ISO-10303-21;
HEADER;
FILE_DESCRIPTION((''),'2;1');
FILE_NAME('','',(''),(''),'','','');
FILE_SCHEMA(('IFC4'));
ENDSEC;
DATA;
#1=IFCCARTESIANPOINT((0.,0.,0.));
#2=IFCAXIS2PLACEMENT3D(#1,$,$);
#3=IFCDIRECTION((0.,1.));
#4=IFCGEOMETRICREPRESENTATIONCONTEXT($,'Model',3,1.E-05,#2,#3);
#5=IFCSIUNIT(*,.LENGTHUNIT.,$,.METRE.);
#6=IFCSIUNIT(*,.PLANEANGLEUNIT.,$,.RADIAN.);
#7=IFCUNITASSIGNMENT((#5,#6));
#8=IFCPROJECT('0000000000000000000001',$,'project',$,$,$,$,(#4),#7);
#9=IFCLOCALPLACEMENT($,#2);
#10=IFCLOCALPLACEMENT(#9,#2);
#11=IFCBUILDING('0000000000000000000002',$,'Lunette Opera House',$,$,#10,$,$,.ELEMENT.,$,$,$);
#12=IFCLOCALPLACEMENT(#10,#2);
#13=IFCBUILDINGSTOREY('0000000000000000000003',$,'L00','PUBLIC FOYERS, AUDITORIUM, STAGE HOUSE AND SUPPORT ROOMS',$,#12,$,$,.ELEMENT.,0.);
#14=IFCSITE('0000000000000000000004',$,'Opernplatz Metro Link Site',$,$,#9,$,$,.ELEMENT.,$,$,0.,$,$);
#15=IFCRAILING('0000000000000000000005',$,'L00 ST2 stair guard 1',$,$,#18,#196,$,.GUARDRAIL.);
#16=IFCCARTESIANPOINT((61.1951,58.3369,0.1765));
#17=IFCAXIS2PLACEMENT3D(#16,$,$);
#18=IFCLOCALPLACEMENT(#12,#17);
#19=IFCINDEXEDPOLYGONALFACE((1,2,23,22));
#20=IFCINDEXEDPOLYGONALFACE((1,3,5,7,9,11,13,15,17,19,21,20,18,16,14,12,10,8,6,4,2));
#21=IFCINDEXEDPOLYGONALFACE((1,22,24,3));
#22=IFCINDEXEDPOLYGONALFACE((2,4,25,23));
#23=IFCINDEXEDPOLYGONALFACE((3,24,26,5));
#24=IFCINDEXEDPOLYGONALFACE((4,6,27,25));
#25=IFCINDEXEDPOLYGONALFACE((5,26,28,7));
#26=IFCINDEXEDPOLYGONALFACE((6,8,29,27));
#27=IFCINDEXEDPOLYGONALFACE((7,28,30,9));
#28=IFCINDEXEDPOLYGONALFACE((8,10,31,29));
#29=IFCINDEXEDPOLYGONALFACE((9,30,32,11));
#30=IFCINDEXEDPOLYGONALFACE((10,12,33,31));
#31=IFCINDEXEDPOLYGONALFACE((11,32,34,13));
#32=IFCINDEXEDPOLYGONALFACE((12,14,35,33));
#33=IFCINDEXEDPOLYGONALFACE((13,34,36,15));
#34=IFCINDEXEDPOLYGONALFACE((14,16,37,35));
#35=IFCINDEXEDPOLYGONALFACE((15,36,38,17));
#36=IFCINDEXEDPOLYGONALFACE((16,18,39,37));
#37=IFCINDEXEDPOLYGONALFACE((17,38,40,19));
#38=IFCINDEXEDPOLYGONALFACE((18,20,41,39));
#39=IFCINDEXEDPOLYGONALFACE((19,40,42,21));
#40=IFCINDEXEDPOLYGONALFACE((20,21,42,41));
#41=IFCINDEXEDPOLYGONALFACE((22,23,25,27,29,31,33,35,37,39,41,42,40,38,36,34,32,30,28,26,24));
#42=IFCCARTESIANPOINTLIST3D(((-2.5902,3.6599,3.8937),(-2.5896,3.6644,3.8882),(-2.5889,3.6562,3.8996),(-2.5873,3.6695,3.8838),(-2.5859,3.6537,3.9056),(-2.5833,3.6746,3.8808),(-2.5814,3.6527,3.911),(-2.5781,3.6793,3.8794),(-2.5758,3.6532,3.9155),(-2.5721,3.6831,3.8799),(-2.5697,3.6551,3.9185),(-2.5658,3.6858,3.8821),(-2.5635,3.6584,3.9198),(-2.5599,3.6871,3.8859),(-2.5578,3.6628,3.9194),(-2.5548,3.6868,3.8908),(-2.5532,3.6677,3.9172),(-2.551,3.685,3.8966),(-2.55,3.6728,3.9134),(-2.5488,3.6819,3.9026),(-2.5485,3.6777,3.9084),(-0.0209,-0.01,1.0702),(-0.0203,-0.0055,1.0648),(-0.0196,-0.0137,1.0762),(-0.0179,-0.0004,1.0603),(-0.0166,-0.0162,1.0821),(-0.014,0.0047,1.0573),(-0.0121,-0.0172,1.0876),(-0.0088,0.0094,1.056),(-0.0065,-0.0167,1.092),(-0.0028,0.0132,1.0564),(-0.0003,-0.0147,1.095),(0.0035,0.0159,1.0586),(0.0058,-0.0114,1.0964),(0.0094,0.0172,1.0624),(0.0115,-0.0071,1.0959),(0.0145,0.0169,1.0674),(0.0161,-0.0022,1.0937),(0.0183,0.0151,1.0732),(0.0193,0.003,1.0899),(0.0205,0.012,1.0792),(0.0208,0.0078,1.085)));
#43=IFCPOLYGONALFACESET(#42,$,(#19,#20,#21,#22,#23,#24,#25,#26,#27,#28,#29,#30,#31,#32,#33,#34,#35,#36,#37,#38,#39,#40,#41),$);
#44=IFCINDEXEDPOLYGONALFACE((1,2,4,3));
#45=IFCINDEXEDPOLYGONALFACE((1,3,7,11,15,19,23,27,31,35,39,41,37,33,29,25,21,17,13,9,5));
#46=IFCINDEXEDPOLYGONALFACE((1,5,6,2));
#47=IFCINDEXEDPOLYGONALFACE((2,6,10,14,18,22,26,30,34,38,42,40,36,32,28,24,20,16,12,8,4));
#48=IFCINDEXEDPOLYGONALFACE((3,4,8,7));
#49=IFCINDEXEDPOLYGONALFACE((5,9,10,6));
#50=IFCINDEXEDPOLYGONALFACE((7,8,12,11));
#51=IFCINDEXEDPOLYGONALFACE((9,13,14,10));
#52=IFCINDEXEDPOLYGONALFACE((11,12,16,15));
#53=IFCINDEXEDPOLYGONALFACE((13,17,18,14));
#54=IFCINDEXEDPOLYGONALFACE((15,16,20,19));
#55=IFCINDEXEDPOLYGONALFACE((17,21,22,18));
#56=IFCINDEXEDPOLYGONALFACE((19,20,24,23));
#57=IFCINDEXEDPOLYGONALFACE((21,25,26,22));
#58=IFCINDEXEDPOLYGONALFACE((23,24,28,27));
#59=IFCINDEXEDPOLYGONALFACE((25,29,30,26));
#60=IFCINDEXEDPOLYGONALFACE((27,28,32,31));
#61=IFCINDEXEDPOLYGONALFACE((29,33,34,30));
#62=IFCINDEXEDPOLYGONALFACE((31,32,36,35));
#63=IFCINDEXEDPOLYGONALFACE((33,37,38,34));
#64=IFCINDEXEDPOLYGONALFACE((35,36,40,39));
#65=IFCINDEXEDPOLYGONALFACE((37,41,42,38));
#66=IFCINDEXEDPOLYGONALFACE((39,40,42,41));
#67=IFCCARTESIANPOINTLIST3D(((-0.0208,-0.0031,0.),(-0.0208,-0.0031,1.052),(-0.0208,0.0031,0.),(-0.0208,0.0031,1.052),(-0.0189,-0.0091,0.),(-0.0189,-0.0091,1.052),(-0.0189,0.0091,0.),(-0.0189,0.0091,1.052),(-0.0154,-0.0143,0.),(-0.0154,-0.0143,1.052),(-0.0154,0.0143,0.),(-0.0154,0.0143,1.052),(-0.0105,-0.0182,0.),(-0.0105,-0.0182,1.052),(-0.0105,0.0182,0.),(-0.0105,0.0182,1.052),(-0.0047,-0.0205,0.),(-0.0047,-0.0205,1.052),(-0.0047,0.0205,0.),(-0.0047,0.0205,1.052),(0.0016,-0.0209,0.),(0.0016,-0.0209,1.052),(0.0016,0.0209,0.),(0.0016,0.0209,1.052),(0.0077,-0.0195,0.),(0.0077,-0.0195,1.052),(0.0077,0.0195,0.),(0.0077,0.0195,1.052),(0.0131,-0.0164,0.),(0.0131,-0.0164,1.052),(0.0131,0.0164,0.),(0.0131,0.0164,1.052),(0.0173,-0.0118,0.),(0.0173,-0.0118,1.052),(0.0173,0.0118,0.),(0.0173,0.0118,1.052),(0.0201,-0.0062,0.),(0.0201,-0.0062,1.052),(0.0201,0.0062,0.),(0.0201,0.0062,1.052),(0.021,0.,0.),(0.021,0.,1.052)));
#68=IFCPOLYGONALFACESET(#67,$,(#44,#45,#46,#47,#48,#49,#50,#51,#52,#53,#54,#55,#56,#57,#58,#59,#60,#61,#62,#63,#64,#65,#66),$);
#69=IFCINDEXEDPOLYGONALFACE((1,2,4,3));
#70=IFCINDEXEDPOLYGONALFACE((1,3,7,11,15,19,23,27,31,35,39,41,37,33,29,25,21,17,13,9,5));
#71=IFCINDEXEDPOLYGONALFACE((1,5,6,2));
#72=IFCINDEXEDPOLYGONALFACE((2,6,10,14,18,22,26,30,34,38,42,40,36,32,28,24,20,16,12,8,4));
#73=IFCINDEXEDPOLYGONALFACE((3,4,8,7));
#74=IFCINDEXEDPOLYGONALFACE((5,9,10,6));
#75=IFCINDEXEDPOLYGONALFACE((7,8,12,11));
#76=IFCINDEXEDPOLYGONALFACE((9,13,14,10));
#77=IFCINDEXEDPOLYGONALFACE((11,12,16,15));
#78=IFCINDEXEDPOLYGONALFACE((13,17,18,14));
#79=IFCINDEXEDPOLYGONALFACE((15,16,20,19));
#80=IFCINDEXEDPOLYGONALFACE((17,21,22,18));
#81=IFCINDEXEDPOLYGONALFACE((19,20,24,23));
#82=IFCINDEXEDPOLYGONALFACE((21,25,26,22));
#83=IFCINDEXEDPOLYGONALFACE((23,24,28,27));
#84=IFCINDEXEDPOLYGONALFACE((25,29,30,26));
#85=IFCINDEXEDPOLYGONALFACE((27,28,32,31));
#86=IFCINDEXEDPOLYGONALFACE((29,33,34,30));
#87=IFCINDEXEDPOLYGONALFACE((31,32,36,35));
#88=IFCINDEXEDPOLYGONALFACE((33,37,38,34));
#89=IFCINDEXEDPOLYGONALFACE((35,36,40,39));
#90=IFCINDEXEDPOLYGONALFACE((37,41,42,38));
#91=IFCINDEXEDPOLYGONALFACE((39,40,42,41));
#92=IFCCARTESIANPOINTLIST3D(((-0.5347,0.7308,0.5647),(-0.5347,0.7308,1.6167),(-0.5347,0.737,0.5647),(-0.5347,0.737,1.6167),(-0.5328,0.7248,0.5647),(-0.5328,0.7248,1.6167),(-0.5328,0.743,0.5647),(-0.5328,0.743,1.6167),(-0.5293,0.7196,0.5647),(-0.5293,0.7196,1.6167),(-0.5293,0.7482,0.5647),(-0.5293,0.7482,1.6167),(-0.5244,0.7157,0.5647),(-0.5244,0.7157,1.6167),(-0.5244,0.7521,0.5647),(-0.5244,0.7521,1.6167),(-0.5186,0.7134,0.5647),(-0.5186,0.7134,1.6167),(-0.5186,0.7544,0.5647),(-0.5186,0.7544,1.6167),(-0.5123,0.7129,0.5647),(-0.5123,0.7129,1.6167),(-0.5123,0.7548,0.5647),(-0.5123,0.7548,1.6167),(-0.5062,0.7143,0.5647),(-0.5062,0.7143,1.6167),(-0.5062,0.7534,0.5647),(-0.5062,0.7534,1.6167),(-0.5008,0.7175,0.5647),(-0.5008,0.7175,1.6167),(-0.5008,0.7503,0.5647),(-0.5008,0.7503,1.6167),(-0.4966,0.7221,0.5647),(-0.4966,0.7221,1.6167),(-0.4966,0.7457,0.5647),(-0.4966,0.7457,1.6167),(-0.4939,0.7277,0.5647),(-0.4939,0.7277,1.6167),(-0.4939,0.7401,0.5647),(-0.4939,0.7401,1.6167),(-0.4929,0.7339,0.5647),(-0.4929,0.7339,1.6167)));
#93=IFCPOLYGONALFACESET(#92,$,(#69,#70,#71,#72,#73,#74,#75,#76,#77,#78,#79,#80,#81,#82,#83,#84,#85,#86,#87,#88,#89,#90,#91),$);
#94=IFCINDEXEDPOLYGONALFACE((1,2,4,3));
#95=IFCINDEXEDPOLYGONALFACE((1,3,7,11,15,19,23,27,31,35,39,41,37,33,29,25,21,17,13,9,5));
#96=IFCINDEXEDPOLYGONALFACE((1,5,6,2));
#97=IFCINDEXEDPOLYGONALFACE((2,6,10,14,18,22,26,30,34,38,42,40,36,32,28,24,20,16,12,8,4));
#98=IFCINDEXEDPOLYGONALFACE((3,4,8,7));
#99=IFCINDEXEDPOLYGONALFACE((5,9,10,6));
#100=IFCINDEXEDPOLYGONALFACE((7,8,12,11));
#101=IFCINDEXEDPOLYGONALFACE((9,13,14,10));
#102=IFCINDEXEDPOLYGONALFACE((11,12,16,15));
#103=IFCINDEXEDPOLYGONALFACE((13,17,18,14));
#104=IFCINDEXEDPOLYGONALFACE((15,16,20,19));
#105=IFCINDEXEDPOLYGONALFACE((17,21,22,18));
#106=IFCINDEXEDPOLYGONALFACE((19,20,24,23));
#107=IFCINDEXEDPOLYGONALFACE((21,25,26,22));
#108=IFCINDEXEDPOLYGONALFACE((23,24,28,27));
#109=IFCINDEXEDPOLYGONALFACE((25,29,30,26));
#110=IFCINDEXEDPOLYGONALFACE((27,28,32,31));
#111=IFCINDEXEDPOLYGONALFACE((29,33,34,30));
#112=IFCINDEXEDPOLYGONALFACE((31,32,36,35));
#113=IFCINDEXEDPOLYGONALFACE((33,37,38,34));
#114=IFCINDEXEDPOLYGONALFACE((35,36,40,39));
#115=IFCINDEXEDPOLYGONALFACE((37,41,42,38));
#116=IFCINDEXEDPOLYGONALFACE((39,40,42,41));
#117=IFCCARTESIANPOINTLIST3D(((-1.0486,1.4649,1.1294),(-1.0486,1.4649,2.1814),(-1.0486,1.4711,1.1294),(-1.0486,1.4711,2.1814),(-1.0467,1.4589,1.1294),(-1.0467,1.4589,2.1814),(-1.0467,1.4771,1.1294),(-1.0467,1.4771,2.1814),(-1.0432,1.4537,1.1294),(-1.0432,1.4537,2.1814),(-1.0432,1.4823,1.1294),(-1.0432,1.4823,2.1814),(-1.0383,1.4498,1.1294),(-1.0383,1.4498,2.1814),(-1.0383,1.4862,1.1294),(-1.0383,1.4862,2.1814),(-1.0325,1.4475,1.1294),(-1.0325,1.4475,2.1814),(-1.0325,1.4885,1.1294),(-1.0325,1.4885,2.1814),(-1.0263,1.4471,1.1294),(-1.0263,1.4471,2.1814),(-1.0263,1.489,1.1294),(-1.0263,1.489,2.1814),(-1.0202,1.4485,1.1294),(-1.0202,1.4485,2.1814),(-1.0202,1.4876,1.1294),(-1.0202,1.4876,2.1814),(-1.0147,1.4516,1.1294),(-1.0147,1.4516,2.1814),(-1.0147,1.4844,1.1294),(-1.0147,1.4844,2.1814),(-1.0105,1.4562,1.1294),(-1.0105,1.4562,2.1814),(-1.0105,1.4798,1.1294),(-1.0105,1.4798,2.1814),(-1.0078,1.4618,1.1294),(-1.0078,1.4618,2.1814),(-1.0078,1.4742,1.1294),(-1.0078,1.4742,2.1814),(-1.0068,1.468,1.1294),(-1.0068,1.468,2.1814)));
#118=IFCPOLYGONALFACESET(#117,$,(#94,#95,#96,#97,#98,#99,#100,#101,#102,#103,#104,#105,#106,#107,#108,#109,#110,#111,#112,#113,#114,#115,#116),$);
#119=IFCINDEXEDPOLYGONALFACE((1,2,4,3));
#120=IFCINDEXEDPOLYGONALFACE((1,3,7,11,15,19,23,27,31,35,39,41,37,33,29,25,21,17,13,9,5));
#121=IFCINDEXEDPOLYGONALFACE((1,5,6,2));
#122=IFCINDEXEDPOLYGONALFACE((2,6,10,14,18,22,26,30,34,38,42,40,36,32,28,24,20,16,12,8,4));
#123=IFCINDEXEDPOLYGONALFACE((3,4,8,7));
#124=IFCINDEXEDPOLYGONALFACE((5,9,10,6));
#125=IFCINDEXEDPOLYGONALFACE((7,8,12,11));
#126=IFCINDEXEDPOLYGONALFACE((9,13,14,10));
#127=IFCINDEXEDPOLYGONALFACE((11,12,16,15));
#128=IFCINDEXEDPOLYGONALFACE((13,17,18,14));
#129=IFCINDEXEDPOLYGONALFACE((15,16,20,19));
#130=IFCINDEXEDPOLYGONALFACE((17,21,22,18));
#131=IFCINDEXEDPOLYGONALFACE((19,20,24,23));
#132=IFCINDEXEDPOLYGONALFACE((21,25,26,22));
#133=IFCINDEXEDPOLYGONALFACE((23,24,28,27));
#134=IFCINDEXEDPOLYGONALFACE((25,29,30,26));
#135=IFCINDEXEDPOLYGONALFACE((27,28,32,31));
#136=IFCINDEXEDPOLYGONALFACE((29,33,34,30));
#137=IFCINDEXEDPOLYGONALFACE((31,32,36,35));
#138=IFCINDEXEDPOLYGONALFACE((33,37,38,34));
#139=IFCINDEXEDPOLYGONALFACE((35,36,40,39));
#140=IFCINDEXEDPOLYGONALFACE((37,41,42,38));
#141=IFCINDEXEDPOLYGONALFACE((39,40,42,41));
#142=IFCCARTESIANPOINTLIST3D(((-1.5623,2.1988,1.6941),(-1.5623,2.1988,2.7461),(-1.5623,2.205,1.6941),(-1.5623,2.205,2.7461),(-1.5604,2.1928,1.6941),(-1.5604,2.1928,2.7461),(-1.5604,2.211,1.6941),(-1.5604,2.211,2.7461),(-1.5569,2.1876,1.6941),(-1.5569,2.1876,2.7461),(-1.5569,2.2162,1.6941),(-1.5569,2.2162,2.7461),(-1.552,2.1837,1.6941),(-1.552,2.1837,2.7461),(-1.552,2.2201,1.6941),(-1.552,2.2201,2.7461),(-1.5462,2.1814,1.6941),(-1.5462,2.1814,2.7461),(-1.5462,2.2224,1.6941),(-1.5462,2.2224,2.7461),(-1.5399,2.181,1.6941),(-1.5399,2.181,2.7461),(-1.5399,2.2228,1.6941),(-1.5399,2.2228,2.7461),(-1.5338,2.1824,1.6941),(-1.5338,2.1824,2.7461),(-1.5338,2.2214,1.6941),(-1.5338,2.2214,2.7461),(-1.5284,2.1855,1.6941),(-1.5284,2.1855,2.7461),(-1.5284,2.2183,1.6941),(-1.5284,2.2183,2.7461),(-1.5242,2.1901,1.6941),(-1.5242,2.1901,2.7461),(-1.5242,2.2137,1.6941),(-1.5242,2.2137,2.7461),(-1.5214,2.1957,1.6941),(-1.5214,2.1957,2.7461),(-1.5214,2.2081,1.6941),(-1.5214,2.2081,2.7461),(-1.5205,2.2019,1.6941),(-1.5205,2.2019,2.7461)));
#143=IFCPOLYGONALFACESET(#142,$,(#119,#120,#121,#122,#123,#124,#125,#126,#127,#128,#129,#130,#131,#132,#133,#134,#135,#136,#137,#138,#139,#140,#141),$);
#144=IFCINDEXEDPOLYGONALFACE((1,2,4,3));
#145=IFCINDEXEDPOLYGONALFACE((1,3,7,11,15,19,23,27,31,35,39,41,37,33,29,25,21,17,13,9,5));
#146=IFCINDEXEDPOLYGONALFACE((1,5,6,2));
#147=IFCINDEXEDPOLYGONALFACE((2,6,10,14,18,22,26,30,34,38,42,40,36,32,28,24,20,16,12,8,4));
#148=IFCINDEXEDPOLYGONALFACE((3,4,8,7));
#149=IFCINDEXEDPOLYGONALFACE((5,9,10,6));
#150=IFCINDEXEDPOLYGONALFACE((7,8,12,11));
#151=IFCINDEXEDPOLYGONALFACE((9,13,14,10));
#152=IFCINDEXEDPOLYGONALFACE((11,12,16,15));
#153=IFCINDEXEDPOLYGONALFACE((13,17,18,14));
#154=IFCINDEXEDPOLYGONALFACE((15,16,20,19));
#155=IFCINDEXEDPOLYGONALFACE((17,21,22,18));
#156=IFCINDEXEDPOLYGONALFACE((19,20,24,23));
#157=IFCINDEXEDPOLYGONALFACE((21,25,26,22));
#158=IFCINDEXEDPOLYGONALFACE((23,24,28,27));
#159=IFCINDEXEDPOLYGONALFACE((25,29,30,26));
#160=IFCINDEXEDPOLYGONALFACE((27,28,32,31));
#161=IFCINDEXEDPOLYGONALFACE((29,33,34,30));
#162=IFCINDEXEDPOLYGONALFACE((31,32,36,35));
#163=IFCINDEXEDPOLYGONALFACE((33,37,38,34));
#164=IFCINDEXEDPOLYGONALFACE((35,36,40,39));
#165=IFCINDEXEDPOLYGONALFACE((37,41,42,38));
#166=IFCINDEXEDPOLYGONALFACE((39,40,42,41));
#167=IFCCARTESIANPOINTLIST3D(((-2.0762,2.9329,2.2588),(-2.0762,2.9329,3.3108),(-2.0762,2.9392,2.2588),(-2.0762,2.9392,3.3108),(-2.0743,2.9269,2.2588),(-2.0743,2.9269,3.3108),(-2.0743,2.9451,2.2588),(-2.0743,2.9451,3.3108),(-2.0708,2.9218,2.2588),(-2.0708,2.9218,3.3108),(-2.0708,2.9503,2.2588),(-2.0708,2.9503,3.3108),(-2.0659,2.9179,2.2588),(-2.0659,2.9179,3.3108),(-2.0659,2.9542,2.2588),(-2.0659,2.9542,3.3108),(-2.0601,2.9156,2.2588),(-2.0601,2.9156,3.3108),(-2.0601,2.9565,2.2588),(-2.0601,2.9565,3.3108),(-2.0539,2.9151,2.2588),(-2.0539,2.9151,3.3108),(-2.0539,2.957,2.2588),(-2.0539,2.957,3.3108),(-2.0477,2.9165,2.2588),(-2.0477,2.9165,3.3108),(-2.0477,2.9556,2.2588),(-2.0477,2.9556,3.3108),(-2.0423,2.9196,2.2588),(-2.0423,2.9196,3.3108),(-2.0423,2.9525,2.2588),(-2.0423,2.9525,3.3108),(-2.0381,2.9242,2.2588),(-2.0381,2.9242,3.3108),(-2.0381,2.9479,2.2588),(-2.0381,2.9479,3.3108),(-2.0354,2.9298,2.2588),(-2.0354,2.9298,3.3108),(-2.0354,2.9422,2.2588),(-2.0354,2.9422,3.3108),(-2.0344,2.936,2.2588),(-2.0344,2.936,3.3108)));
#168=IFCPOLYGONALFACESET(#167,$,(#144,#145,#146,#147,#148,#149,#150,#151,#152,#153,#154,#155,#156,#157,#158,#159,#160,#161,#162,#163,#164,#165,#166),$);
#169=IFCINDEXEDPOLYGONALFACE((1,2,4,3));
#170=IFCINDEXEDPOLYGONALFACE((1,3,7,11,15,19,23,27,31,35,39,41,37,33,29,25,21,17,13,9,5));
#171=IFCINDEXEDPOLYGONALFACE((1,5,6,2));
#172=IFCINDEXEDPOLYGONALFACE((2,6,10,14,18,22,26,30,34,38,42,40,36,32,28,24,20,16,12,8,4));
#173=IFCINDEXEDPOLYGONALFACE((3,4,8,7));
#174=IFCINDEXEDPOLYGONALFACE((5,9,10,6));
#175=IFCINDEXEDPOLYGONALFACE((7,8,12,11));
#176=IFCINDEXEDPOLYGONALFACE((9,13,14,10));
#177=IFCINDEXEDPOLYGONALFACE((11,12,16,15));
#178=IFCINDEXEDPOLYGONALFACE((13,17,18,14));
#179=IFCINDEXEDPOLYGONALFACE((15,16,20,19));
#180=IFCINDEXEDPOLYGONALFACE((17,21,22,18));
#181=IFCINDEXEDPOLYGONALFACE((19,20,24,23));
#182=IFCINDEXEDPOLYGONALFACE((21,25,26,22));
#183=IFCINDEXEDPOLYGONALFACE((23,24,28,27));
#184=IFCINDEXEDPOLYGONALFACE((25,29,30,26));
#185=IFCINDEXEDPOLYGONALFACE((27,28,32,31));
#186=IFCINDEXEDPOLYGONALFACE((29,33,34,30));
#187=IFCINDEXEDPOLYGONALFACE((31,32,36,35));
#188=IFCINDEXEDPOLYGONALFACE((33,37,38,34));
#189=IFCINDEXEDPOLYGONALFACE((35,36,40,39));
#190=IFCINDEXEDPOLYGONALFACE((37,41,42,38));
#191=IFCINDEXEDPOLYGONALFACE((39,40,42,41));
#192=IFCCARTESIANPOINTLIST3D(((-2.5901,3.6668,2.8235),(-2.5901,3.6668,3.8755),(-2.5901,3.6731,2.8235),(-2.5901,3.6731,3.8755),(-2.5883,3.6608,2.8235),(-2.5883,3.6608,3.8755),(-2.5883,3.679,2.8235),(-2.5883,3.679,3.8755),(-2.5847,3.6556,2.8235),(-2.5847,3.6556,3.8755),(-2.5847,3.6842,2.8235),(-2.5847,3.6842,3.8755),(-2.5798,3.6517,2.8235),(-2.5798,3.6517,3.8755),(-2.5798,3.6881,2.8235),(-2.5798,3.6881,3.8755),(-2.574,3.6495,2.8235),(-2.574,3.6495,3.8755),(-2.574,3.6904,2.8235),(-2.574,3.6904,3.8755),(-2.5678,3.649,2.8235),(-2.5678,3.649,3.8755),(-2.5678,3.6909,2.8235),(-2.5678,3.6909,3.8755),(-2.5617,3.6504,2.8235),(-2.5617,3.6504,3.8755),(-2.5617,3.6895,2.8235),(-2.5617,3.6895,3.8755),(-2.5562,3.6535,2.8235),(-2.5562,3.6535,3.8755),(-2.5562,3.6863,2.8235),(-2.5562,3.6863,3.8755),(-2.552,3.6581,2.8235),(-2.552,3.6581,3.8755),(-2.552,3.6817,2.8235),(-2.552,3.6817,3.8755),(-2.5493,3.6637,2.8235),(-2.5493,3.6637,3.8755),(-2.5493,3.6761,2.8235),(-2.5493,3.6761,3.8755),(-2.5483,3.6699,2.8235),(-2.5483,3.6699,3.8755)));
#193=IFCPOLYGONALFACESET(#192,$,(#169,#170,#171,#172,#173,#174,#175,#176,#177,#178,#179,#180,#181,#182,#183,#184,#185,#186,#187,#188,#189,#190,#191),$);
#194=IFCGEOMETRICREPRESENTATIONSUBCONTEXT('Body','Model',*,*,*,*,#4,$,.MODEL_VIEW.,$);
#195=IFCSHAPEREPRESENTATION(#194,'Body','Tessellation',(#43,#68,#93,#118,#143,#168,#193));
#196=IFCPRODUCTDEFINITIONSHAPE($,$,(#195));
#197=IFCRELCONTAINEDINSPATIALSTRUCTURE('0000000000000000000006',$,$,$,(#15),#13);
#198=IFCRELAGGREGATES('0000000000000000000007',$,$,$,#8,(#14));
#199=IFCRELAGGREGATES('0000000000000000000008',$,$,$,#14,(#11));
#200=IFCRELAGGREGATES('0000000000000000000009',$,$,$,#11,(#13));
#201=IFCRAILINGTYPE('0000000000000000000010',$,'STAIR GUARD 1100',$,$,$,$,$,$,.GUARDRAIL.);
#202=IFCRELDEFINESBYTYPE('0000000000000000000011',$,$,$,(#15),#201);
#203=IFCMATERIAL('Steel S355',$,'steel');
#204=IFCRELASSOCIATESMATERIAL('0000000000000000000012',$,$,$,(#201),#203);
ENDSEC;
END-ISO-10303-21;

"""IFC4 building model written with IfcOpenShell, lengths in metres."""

from ifc_helpers import new_model, si_unit, direction, frame, origin, origin_2d, place, context, subcontext, project, spatial, circle, extrude, material, type_object, element, save


model = new_model("IFC4")

# Units and contexts
model_context = context("Model", 3, precision=1e-05, world=origin(), true_north=direction((0.0, 1.0)))
body_context = subcontext(model_context, "Body", "Model", "MODEL_VIEW")
ifc_project = project(units=[si_unit("LENGTHUNIT", "METRE"), si_unit("PLANEANGLEUNIT", "RADIAN")], contexts=[model_context])

# Site, building, storey
site_placement = place(None, origin())
site = spatial("IfcSite", under=ifc_project, at=site_placement, Name="Opernplatz Metro Link Site", CompositionType="ELEMENT", RefElevation=0.0)
building_placement = place(site_placement, origin())
building = spatial("IfcBuilding", under=site, at=building_placement, Name="Lunette Opera House", CompositionType="ELEMENT")
storey_placement = place(building_placement, origin())
storey = spatial("IfcBuildingStorey", under=building, at=storey_placement, Name="L00", Description="PUBLIC FOYERS, AUDITORIUM, STAGE HOUSE AND SUPPORT ROOMS", CompositionType="ELEMENT", Elevation=0.0)

# Railing
ifc_material_1 = material(Name="Steel S355", Category="steel")
railing_type_1 = type_object("IfcRailingType", Name="STAIR GUARD 1100", PredefinedType="GUARDRAIL", material=ifc_material_1)
railing_1_placement = place(storey_placement, frame((61.1951, 58.3369, 0.1765)))
element("IfcRailing", 1, at=railing_1_placement, inside=storey, type_object=railing_type_1, Name="L00 ST2 stair guard 1", PredefinedType="GUARDRAIL", context=body_context, shape_type="SweptSolid", body=[
    extrude(circle(Radius=0.0239, at=origin_2d()), frame((0.0, 0.0, 1.0762), z_axis=(-0.485196, 0.693032, 0.53319), x_axis=(-0.819191, -0.573521, 0.0)), (0.0, 0.0, 1.0), 5.2954),
    extrude(circle(Radius=0.021, at=origin_2d()), origin(), (0.0, 0.0, 1.0), 1.052),
    extrude(circle(Radius=0.021, at=origin_2d()), frame((-0.5139, 0.7339, 0.5647)), (0.0, 0.0, 1.0), 1.052),
    extrude(circle(Radius=0.021, at=origin_2d()), frame((-1.0278, 1.468, 1.1294)), (0.0, 0.0, 1.0), 1.052),
    extrude(circle(Radius=0.021, at=origin_2d()), frame((-1.5415, 2.2019, 1.6941)), (0.0, 0.0, 1.0), 1.052),
    extrude(circle(Radius=0.021, at=origin_2d()), frame((-2.0554, 2.936, 2.2588)), (0.0, 0.0, 1.0), 1.052),
    extrude(circle(Radius=0.021, at=origin_2d()), frame((-2.5693, 3.6699, 2.8235)), (0.0, 0.0, 1.0), 1.052),
])

save(model, "model.ifc")
